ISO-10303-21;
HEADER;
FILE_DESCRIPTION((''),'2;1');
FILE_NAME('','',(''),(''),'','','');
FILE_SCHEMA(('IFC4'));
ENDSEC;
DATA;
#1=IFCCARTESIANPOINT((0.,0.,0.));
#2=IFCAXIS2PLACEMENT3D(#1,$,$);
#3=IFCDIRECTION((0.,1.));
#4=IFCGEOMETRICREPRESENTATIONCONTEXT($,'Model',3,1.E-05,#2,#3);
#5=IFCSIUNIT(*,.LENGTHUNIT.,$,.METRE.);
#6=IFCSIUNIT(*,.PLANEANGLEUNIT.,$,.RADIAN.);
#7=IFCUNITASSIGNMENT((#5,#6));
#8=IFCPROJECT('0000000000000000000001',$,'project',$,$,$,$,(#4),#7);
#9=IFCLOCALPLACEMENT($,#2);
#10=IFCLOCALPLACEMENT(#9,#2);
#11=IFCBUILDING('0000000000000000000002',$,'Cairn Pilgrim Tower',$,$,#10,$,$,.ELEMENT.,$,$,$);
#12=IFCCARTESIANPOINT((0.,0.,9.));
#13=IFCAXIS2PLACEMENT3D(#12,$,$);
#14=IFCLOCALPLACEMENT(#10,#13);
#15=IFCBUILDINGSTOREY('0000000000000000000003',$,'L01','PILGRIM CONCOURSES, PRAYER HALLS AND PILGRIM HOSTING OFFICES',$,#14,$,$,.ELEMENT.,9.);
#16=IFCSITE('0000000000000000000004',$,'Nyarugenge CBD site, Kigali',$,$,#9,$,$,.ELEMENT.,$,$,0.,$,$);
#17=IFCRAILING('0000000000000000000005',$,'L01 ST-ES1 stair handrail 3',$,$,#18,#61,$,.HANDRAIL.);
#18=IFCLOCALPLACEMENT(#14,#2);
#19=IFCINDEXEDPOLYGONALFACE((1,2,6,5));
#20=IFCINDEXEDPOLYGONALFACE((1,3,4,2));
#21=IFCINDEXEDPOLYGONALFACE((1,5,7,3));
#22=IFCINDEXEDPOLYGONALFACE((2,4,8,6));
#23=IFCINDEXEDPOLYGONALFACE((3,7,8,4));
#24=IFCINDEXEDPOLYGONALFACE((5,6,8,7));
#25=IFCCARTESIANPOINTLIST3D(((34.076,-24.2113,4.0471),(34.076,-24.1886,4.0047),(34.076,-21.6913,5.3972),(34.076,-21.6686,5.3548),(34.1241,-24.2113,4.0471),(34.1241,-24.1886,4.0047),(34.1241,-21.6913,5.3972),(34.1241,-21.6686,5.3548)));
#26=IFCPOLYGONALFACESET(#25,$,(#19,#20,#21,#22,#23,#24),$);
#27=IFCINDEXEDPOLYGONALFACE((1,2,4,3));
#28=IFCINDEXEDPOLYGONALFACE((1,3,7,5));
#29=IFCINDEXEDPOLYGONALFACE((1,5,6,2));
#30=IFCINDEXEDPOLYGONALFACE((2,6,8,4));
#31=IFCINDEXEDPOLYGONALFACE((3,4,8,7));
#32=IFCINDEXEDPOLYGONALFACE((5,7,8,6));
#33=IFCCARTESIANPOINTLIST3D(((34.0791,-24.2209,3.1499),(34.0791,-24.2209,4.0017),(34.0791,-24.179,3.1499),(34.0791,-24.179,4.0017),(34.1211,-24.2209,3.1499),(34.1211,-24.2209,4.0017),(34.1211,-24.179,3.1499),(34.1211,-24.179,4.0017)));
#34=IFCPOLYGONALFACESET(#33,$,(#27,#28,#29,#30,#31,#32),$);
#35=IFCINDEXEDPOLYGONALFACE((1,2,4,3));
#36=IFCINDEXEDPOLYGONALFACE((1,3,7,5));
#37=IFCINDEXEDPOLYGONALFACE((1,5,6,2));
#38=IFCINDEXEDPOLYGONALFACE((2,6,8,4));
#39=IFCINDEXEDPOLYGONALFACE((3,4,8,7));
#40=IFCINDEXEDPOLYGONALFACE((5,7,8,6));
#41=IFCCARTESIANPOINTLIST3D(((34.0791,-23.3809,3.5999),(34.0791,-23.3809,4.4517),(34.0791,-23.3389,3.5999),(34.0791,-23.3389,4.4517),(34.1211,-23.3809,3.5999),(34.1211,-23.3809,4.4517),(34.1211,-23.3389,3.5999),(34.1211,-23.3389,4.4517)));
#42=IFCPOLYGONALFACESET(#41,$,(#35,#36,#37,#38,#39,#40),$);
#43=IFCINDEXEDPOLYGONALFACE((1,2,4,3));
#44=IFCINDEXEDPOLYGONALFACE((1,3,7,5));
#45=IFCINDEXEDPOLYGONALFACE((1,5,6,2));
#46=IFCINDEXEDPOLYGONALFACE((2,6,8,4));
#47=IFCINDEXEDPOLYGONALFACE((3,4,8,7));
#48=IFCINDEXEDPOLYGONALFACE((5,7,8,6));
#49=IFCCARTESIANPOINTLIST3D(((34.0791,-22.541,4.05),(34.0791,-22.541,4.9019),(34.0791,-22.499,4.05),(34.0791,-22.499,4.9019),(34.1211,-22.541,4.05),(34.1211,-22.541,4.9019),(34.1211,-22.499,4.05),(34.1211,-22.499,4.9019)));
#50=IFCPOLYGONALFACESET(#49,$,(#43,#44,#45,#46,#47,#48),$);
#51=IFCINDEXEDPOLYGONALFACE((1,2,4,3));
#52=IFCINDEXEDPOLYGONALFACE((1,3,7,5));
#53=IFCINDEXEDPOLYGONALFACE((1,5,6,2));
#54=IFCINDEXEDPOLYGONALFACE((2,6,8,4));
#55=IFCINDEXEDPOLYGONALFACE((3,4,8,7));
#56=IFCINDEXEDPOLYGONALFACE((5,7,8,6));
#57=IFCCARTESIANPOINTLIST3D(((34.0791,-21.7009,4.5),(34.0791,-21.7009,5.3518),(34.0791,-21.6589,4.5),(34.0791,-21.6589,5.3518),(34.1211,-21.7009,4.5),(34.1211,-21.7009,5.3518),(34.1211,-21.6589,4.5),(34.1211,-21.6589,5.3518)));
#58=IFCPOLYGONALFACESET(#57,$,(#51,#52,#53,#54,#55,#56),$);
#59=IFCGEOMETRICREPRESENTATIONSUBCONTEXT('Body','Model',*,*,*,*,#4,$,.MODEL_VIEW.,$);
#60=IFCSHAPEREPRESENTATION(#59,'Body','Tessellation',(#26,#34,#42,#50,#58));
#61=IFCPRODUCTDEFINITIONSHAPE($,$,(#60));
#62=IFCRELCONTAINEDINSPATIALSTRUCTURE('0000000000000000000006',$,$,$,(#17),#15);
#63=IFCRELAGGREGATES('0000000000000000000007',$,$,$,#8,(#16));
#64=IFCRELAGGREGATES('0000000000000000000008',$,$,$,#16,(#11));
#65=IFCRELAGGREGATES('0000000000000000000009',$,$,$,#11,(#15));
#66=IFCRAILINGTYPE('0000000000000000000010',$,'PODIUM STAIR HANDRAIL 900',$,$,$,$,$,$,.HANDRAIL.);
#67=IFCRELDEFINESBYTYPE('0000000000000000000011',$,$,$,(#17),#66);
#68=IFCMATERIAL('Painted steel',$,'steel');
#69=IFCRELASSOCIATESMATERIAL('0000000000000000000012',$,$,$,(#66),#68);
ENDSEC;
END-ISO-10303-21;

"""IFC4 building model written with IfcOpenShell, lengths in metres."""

from ifc_helpers import new_model, si_unit, direction, frame, origin, origin_2d, place, context, subcontext, project, spatial, rectangle, extrude, material, type_object, element, save


model = new_model("IFC4")

# Units and contexts
model_context = context("Model", 3, precision=1e-05, world=origin(), true_north=direction((0.0, 1.0)))
body_context = subcontext(model_context, "Body", "Model", "MODEL_VIEW")
ifc_project = project(units=[si_unit("LENGTHUNIT", "METRE"), si_unit("PLANEANGLEUNIT", "RADIAN")], contexts=[model_context])

# Site, building, storey
site_placement = place(None, origin())
site = spatial("IfcSite", under=ifc_project, at=site_placement, Name="Nyarugenge CBD site, Kigali", CompositionType="ELEMENT", RefElevation=0.0)
building_placement = place(site_placement, origin())
building = spatial("IfcBuilding", under=site, at=building_placement, Name="Cairn Pilgrim Tower", CompositionType="ELEMENT")
storey_placement = place(building_placement, frame((0.0, 0.0, 9.0)))
storey = spatial("IfcBuildingStorey", under=building, at=storey_placement, Name="L01", Description="PILGRIM CONCOURSES, PRAYER HALLS AND PILGRIM HOSTING OFFICES", CompositionType="ELEMENT", Elevation=9.0)

# Railing
ifc_material_1 = material(Name="Painted steel", Category="steel")
railing_type_1 = type_object("IfcRailingType", Name="PODIUM STAIR HANDRAIL 900", PredefinedType="HANDRAIL", material=ifc_material_1)
for number, where, name in (
    (1, (34.1001, -24.2, 3.1499), "L01 ST-ES1 stair handrail 3"),
):
    element("IfcRailing", number, at=place(storey_placement, frame(where)), inside=storey, type_object=railing_type_1, Name=name, PredefinedType="HANDRAIL", context=body_context, shape_type="SweptSolid", body=[
        extrude(rectangle(XDim=0.0481, YDim=0.0481, at=origin_2d()), frame((0.0, 0.0, 0.876), z_axis=(0.0, 0.881467, 0.472245), x_axis=(-1.0, 0.0, 0.0)), (0.0, 0.0, 1.0), 2.8589),
        extrude(rectangle(XDim=0.042, YDim=0.042, at=origin_2d()), origin(), (0.0, 0.0, 1.0), 0.8518),
        extrude(rectangle(XDim=0.042, YDim=0.042, at=origin_2d()), frame((0.0, 0.8401, 0.45)), (0.0, 0.0, 1.0), 0.8518),
        extrude(rectangle(XDim=0.042, YDim=0.042, at=origin_2d()), frame((0.0, 1.6799, 0.9001)), (0.0, 0.0, 1.0), 0.8518),
        extrude(rectangle(XDim=0.042, YDim=0.042, at=origin_2d()), frame((0.0, 2.52, 1.3501)), (0.0, 0.0, 1.0), 0.8518),
    ])

save(model, "model.ifc")
